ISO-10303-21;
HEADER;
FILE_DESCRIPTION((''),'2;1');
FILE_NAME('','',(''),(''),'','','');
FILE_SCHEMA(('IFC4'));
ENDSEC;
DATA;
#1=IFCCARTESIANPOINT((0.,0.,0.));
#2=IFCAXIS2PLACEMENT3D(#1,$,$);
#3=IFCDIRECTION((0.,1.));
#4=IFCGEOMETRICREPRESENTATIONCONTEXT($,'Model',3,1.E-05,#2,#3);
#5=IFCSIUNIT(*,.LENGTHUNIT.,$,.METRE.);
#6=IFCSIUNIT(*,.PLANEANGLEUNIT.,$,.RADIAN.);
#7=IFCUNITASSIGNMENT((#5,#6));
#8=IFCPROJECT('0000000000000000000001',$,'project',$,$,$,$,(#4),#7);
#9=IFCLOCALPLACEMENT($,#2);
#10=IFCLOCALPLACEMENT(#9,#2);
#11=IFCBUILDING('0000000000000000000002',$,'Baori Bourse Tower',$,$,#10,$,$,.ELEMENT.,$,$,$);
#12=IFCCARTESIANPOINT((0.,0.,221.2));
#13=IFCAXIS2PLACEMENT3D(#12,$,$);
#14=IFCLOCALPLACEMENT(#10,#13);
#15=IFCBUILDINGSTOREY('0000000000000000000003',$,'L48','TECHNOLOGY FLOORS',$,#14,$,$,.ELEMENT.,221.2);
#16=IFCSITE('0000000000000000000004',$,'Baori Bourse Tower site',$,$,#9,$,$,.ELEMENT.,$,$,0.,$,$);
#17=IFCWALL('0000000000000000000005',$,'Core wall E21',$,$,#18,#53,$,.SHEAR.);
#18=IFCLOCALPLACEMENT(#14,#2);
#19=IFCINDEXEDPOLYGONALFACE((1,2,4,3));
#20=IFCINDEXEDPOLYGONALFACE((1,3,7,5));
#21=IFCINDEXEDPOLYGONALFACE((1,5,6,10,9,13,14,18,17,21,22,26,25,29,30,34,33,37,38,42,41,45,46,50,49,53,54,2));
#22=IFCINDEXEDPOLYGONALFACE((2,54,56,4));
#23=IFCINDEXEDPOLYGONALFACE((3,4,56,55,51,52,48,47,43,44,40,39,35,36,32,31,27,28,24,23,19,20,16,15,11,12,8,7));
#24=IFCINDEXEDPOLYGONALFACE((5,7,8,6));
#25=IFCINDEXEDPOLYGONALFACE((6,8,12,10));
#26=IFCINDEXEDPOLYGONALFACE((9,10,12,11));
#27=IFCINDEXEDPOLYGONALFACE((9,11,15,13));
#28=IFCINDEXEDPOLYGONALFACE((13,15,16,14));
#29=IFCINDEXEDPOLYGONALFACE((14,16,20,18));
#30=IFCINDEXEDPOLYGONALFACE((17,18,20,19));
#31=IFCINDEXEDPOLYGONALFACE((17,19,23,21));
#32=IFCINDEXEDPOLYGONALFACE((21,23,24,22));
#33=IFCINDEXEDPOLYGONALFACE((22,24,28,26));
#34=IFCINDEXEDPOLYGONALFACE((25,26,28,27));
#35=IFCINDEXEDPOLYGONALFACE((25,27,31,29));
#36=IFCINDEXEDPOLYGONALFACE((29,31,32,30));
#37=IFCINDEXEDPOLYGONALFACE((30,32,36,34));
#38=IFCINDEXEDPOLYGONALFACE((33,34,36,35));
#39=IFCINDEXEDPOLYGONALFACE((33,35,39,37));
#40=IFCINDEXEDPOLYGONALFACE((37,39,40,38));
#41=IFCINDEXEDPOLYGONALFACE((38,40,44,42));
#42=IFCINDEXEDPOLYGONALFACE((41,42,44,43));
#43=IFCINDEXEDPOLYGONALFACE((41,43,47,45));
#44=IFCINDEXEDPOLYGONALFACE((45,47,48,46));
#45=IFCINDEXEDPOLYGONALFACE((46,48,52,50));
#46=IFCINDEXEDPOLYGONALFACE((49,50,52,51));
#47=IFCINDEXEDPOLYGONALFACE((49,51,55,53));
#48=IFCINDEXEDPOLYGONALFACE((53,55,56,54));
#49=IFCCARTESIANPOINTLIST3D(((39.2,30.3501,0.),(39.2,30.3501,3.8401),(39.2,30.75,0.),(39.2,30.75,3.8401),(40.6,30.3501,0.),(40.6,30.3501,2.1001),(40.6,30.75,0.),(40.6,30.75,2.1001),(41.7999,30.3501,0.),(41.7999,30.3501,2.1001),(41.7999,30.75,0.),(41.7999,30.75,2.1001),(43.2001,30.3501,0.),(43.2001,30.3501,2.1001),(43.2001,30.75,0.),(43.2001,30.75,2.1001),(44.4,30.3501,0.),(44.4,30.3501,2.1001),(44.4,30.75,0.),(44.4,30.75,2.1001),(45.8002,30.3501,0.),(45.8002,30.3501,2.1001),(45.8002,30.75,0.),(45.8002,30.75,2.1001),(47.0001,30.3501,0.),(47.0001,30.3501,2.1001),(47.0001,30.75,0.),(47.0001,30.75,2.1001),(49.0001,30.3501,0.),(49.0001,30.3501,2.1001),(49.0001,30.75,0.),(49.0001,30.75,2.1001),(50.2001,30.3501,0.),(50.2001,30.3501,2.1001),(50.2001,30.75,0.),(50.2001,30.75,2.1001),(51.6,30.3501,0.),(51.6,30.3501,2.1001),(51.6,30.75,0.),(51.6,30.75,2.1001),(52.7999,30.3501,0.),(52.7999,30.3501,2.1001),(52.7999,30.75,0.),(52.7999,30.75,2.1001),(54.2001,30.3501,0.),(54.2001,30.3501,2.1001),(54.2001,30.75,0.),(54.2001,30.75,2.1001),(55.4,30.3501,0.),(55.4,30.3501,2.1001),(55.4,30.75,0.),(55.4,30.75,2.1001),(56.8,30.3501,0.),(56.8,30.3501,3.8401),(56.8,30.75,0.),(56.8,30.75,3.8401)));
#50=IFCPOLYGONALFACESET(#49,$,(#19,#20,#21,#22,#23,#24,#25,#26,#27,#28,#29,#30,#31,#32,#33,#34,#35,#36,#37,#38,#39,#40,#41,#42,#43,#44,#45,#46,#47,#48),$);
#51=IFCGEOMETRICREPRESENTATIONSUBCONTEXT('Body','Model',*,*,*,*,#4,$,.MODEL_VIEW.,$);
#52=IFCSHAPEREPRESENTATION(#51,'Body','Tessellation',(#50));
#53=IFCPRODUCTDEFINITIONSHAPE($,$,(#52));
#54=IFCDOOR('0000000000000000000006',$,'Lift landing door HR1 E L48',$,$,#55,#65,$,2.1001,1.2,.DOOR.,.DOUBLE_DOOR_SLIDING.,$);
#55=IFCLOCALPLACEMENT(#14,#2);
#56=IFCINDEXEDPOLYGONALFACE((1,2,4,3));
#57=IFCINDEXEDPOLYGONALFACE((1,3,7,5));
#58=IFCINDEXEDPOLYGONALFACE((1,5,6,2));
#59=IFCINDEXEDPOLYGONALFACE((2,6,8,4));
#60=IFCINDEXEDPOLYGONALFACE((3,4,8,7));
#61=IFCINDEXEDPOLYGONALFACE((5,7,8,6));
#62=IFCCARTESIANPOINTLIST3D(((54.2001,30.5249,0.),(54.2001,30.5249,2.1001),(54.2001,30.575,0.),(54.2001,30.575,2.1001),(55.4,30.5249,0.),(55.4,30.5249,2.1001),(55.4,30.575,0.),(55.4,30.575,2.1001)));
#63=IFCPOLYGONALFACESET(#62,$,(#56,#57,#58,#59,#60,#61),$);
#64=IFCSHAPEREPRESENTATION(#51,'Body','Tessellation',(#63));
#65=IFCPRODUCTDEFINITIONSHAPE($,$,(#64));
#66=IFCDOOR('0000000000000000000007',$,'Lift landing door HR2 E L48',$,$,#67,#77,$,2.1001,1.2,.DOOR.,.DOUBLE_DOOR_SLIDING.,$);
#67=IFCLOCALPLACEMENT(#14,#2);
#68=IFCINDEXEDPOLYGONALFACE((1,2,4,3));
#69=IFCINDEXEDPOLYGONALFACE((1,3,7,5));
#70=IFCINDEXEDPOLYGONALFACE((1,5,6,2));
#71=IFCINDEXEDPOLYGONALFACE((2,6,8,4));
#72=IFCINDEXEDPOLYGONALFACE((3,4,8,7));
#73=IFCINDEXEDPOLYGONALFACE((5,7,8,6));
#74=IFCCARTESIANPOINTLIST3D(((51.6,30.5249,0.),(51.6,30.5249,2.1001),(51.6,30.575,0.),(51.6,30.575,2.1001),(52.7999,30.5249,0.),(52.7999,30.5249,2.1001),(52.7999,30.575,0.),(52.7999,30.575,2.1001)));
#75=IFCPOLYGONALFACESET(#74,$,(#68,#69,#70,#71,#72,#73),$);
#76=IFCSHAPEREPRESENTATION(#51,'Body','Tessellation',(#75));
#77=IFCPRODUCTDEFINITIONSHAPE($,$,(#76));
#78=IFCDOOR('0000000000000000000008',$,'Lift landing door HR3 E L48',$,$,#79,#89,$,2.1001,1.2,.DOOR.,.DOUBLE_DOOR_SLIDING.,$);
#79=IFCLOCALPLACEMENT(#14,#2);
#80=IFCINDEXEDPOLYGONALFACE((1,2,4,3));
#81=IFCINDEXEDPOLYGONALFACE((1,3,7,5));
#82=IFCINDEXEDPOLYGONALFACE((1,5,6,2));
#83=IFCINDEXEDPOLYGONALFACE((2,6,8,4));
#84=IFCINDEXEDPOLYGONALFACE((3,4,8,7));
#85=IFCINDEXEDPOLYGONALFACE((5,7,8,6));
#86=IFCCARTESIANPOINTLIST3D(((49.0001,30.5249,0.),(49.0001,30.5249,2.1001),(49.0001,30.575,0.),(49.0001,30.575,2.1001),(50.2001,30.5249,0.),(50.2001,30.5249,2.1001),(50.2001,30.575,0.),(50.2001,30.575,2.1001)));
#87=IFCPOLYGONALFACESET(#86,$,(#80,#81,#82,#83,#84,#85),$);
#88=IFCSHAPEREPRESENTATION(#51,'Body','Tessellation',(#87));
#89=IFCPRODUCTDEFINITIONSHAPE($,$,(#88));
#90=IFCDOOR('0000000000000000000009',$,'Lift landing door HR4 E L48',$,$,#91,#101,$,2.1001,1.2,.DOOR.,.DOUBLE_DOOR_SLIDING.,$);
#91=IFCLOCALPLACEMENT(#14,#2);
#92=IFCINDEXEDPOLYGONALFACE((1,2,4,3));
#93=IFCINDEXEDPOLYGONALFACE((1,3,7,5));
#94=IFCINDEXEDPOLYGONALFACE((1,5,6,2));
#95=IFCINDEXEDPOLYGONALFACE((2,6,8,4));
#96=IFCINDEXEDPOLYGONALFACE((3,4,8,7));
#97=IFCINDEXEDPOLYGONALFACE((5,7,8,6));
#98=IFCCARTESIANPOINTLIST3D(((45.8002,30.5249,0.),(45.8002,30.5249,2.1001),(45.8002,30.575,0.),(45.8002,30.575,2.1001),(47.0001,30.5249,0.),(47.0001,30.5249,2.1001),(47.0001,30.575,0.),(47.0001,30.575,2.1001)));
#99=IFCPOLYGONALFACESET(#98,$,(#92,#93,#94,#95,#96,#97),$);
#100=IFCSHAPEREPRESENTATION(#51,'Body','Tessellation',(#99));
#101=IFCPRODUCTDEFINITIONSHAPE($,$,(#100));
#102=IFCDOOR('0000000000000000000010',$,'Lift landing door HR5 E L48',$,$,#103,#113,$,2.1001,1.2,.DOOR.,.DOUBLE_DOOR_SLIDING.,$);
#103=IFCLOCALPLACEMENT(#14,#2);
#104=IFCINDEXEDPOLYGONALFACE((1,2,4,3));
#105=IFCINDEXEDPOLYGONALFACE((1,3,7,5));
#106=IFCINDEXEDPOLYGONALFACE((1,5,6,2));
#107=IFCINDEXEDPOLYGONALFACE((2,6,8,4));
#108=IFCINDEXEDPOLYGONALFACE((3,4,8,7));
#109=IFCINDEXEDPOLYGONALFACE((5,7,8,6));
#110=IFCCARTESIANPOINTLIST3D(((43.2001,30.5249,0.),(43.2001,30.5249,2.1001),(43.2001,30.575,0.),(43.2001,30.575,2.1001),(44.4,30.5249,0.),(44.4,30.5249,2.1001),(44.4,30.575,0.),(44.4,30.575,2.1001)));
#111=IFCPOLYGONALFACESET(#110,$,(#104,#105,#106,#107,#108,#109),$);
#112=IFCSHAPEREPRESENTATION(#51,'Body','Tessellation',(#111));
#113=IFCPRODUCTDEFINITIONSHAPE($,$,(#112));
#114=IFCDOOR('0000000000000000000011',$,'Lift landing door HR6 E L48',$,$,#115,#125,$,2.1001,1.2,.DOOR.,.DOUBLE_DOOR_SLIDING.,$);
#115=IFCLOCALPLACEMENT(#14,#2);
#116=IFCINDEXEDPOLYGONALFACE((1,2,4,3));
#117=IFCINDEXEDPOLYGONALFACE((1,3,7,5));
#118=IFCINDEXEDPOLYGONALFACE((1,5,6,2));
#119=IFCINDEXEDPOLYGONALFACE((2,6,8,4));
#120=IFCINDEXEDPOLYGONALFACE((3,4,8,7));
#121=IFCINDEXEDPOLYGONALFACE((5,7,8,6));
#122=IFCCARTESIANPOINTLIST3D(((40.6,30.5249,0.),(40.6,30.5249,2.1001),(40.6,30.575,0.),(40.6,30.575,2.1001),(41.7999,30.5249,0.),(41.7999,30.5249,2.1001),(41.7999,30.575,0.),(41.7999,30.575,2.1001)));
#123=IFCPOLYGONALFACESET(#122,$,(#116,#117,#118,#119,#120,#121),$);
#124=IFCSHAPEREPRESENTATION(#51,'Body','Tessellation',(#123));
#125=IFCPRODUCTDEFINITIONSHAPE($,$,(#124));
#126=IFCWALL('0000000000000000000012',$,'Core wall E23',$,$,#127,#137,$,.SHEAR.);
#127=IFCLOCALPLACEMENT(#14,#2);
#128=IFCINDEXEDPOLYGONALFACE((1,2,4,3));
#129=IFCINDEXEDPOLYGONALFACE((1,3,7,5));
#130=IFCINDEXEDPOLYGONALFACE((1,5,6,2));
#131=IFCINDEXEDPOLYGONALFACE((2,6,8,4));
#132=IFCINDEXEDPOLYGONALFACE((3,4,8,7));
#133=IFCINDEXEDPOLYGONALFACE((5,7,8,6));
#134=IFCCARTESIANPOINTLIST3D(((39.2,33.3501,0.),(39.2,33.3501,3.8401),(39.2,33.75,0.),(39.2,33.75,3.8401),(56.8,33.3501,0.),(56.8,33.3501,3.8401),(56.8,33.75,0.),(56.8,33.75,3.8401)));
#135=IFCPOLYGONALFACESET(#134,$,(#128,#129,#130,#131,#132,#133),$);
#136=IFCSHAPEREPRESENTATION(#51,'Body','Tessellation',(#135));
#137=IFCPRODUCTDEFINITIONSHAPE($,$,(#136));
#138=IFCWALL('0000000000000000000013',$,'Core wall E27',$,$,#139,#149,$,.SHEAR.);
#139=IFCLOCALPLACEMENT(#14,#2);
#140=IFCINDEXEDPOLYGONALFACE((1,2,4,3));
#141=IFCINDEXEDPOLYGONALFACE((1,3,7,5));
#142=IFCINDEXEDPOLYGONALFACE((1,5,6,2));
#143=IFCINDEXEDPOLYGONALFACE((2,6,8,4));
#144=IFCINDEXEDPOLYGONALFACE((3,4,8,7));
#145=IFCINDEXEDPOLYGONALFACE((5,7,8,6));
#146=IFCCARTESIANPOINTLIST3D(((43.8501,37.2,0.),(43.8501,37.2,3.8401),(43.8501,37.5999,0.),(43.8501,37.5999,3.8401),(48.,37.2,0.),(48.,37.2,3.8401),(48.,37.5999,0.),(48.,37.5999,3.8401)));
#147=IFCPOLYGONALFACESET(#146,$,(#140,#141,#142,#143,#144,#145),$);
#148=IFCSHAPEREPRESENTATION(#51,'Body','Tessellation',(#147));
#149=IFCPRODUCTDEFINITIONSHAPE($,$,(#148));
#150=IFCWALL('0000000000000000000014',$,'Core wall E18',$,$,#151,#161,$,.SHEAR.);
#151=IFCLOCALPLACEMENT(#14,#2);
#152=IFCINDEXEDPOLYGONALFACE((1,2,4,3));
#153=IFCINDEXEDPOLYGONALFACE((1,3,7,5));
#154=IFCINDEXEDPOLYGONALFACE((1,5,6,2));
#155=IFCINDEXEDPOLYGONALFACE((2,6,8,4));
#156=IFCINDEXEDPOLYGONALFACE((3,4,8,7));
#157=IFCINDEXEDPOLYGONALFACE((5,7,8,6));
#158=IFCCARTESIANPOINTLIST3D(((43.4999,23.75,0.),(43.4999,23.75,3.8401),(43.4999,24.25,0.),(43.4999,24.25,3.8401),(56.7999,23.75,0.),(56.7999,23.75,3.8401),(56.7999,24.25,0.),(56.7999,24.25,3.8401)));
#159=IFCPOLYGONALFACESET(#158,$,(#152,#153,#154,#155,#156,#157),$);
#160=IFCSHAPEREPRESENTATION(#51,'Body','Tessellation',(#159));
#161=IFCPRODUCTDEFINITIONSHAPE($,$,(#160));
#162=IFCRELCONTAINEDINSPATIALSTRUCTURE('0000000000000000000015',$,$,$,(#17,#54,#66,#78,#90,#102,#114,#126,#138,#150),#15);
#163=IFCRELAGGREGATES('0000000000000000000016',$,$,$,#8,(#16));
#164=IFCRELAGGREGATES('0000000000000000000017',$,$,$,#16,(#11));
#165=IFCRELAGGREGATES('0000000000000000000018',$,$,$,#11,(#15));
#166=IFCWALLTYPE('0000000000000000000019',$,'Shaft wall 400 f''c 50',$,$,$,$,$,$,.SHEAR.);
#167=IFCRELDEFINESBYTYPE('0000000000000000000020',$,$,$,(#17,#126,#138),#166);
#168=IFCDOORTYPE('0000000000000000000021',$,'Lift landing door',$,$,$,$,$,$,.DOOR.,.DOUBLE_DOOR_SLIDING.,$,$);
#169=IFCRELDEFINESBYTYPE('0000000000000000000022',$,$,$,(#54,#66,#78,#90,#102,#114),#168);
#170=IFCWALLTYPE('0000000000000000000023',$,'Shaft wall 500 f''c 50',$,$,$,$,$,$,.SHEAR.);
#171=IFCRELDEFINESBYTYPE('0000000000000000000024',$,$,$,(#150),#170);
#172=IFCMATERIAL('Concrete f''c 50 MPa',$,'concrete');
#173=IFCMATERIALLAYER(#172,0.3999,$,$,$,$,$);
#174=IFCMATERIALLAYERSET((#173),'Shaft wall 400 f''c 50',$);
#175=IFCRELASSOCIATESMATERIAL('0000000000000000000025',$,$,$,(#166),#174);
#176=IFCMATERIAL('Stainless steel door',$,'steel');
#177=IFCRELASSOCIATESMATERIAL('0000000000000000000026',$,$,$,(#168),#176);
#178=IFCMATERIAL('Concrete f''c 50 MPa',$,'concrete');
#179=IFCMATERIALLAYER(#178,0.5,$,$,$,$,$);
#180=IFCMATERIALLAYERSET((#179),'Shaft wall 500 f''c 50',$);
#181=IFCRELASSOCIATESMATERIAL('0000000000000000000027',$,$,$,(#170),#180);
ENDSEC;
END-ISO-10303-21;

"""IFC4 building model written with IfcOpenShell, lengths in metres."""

from ifc_helpers import new_model, si_unit, direction, frame, frame_2d, origin, place, context, subcontext, project, spatial, rectangle, extrude, material, layer, layer_set, type_object, element, fill, save


model = new_model("IFC4")

# Units and contexts
model_context = context("Model", 3, precision=1e-05, world=origin(), true_north=direction((0.0, 1.0)))
body_context = subcontext(model_context, "Body", "Model", "MODEL_VIEW")
ifc_project = project(units=[si_unit("LENGTHUNIT", "METRE"), si_unit("PLANEANGLEUNIT", "RADIAN")], contexts=[model_context])

# Site, building, storey
site_placement = place(None, origin())
site = spatial("IfcSite", under=ifc_project, at=site_placement, Name="Baori Bourse Tower site", CompositionType="ELEMENT", RefElevation=0.0)
building_placement = place(site_placement, origin())
building = spatial("IfcBuilding", under=site, at=building_placement, Name="Baori Bourse Tower", CompositionType="ELEMENT")
storey_placement = place(building_placement, frame((0.0, 0.0, 221.2)))
storey = spatial("IfcBuildingStorey", under=building, at=storey_placement, Name="L48", Description="TECHNOLOGY FLOORS", CompositionType="ELEMENT", Elevation=221.2)

# Wall, openings, doors
ifc_material_1 = material(Name="Concrete f'c 50 MPa", Category="concrete")
ifc_layer_1 = layer(ifc_material_1, 0.3999)
ifc_layer_set_1 = layer_set([ifc_layer_1], Name="Shaft wall 400 f'c 50")
wall_type_1 = type_object("IfcWallType", Name="Shaft wall 400 f'c 50", PredefinedType="SHEAR", material=ifc_layer_set_1)
ifc_material_2 = material(Name="Stainless steel door", Category="steel")
door_type_1 = type_object("IfcDoorType", Name="Lift landing door", OperationType="DOUBLE_DOOR_SLIDING", PredefinedType="DOOR", material=ifc_material_2)
wall_1_placement = place(storey_placement, frame((39.2, 30.55, 0.0), z_axis=(0.0, 0.0, 1.0), x_axis=(1.0, 0.0, 0.0)))
wall_1 = element("IfcWall", 1, at=wall_1_placement, inside=storey, type_object=wall_type_1, Name="Core wall E21", PredefinedType="SHEAR", context=body_context, shape_type="SweptSolid", body=[
    extrude(rectangle(XDim=17.6001, YDim=0.3999, at=frame_2d((8.8, 0.0))), origin(), (0.0, 0.0, 1.0), 3.8401),
])
opening_1_placement = place(wall_1_placement, frame((15.0, 0.0, 0.0)))
opening_1 = element("IfcOpeningElement", 2, at=opening_1_placement, cuts=wall_1, PredefinedType="OPENING", context=body_context, shape_type="SweptSolid", body=[
    extrude(rectangle(XDim=1.2, YDim=2.1001, at=frame_2d((0.6001, 1.05))), frame((0.0, 0.21, 0.0), z_axis=(0.0, -1.0, 0.0), x_axis=(1.0, 0.0, 0.0)), (0.0, 0.0, 1.0), 0.4199),
])
opening_2_placement = place(wall_1_placement, frame((12.3999, 0.0, 0.0)))
opening_2 = element("IfcOpeningElement", 3, at=opening_2_placement, cuts=wall_1, PredefinedType="OPENING", context=body_context, shape_type="SweptSolid", body=[
    extrude(rectangle(XDim=1.2, YDim=2.1001, at=frame_2d((0.6001, 1.05))), frame((0.0, 0.21, 0.0), z_axis=(0.0, -1.0, 0.0), x_axis=(1.0, 0.0, 0.0)), (0.0, 0.0, 1.0), 0.4199),
])
opening_3_placement = place(wall_1_placement, frame((9.8, 0.0, 0.0)))
opening_3 = element("IfcOpeningElement", 4, at=opening_3_placement, cuts=wall_1, PredefinedType="OPENING", context=body_context, shape_type="SweptSolid", body=[
    extrude(rectangle(XDim=1.2, YDim=2.1001, at=frame_2d((0.6001, 1.05))), frame((0.0, 0.21, 0.0), z_axis=(0.0, -1.0, 0.0), x_axis=(1.0, 0.0, 0.0)), (0.0, 0.0, 1.0), 0.4199),
])
opening_4_placement = place(wall_1_placement, frame((6.6001, 0.0, 0.0)))
opening_4 = element("IfcOpeningElement", 5, at=opening_4_placement, cuts=wall_1, PredefinedType="OPENING", context=body_context, shape_type="SweptSolid", body=[
    extrude(rectangle(XDim=1.2, YDim=2.1001, at=frame_2d((0.6001, 1.05))), frame((0.0, 0.21, 0.0), z_axis=(0.0, -1.0, 0.0), x_axis=(1.0, 0.0, 0.0)), (0.0, 0.0, 1.0), 0.4199),
])
opening_5_placement = place(wall_1_placement, frame((4.0, 0.0, 0.0)))
opening_5 = element("IfcOpeningElement", 6, at=opening_5_placement, cuts=wall_1, PredefinedType="OPENING", context=body_context, shape_type="SweptSolid", body=[
    extrude(rectangle(XDim=1.2, YDim=2.1001, at=frame_2d((0.6001, 1.05))), frame((0.0, 0.21, 0.0), z_axis=(0.0, -1.0, 0.0), x_axis=(1.0, 0.0, 0.0)), (0.0, 0.0, 1.0), 0.4199),
])
opening_6_placement = place(wall_1_placement, frame((1.3999, 0.0, 0.0)))
opening_6 = element("IfcOpeningElement", 7, at=opening_6_placement, cuts=wall_1, PredefinedType="OPENING", context=body_context, shape_type="SweptSolid", body=[
    extrude(rectangle(XDim=1.2, YDim=2.1001, at=frame_2d((0.6001, 1.05))), frame((0.0, 0.21, 0.0), z_axis=(0.0, -1.0, 0.0), x_axis=(1.0, 0.0, 0.0)), (0.0, 0.0, 1.0), 0.4199),
])
door_1_placement = place(opening_1_placement, origin())
door_1 = element("IfcDoor", 8, at=door_1_placement, inside=storey, type_object=door_type_1, Name="Lift landing door HR1 E L48", OperationType="DOUBLE_DOOR_SLIDING", OverallHeight=2.1001, OverallWidth=1.2, PredefinedType="DOOR", context=body_context, shape_type="SweptSolid", body=[
    extrude(rectangle(XDim=1.2, YDim=2.1001, at=frame_2d((0.6001, 1.05))), frame((0.0, 0.0249, 0.0), z_axis=(0.0, -1.0, 0.0), x_axis=(1.0, 0.0, 0.0)), (0.0, 0.0, 1.0), 0.05),
])
fill(opening_1, door_1)
door_2_placement = place(opening_2_placement, origin())
door_2 = element("IfcDoor", 9, at=door_2_placement, inside=storey, type_object=door_type_1, Name="Lift landing door HR2 E L48", OperationType="DOUBLE_DOOR_SLIDING", OverallHeight=2.1001, OverallWidth=1.2, PredefinedType="DOOR", context=body_context, shape_type="SweptSolid", body=[
    extrude(rectangle(XDim=1.2, YDim=2.1001, at=frame_2d((0.6001, 1.05))), frame((0.0, 0.0249, 0.0), z_axis=(0.0, -1.0, 0.0), x_axis=(1.0, 0.0, 0.0)), (0.0, 0.0, 1.0), 0.05),
])
fill(opening_2, door_2)
door_3_placement = place(opening_3_placement, origin())
door_3 = element("IfcDoor", 10, at=door_3_placement, inside=storey, type_object=door_type_1, Name="Lift landing door HR3 E L48", OperationType="DOUBLE_DOOR_SLIDING", OverallHeight=2.1001, OverallWidth=1.2, PredefinedType="DOOR", context=body_context, shape_type="SweptSolid", body=[
    extrude(rectangle(XDim=1.2, YDim=2.1001, at=frame_2d((0.6001, 1.05))), frame((0.0, 0.0249, 0.0), z_axis=(0.0, -1.0, 0.0), x_axis=(1.0, 0.0, 0.0)), (0.0, 0.0, 1.0), 0.05),
])
fill(opening_3, door_3)
door_4_placement = place(opening_4_placement, origin())
door_4 = element("IfcDoor", 11, at=door_4_placement, inside=storey, type_object=door_type_1, Name="Lift landing door HR4 E L48", OperationType="DOUBLE_DOOR_SLIDING", OverallHeight=2.1001, OverallWidth=1.2, PredefinedType="DOOR", context=body_context, shape_type="SweptSolid", body=[
    extrude(rectangle(XDim=1.2, YDim=2.1001, at=frame_2d((0.6001, 1.05))), frame((0.0, 0.0249, 0.0), z_axis=(0.0, -1.0, 0.0), x_axis=(1.0, 0.0, 0.0)), (0.0, 0.0, 1.0), 0.05),
])
fill(opening_4, door_4)
door_5_placement = place(opening_5_placement, origin())
door_5 = element("IfcDoor", 12, at=door_5_placement, inside=storey, type_object=door_type_1, Name="Lift landing door HR5 E L48", OperationType="DOUBLE_DOOR_SLIDING", OverallHeight=2.1001, OverallWidth=1.2, PredefinedType="DOOR", context=body_context, shape_type="SweptSolid", body=[
    extrude(rectangle(XDim=1.2, YDim=2.1001, at=frame_2d((0.6001, 1.05))), frame((0.0, 0.0249, 0.0), z_axis=(0.0, -1.0, 0.0), x_axis=(1.0, 0.0, 0.0)), (0.0, 0.0, 1.0), 0.05),
])
fill(opening_5, door_5)
door_6_placement = place(opening_6_placement, origin())
door_6 = element("IfcDoor", 13, at=door_6_placement, inside=storey, type_object=door_type_1, Name="Lift landing door HR6 E L48", OperationType="DOUBLE_DOOR_SLIDING", OverallHeight=2.1001, OverallWidth=1.2, PredefinedType="DOOR", context=body_context, shape_type="SweptSolid", body=[
    extrude(rectangle(XDim=1.2, YDim=2.1001, at=frame_2d((0.6001, 1.05))), frame((0.0, 0.0249, 0.0), z_axis=(0.0, -1.0, 0.0), x_axis=(1.0, 0.0, 0.0)), (0.0, 0.0, 1.0), 0.05),
])
fill(opening_6, door_6)

# Walls
wall_2_placement = place(storey_placement, frame((39.2, 33.55, 0.0), z_axis=(0.0, 0.0, 1.0), x_axis=(1.0, 0.0, 0.0)))
element("IfcWall", 14, at=wall_2_placement, inside=storey, type_object=wall_type_1, Name="Core wall E23", PredefinedType="SHEAR", context=body_context, shape_type="SweptSolid", body=[
    extrude(rectangle(XDim=17.6001, YDim=0.3999, at=frame_2d((8.8, 0.0))), origin(), (0.0, 0.0, 1.0), 3.8401),
])
wall_3_placement = place(storey_placement, frame((43.8501, 37.3999, 0.0), z_axis=(0.0, 0.0, 1.0), x_axis=(1.0, 0.0, 0.0)))
element("IfcWall", 15, at=wall_3_placement, inside=storey, type_object=wall_type_1, Name="Core wall E27", PredefinedType="SHEAR", context=body_context, shape_type="SweptSolid", body=[
    extrude(rectangle(XDim=4.1499, YDim=0.3999, at=frame_2d((2.075, 0.0))), origin(), (0.0, 0.0, 1.0), 3.8401),
])
ifc_material_3 = material(Name="Concrete f'c 50 MPa", Category="concrete")
ifc_layer_2 = layer(ifc_material_3, 0.5)
ifc_layer_set_2 = layer_set([ifc_layer_2], Name="Shaft wall 500 f'c 50")
wall_type_2 = type_object("IfcWallType", Name="Shaft wall 500 f'c 50", PredefinedType="SHEAR", material=ifc_layer_set_2)
wall_4_placement = place(storey_placement, frame((43.5, 24.0, 0.0), z_axis=(0.0, 0.0, 1.0), x_axis=(1.0, 0.0, 0.0)))
element("IfcWall", 16, at=wall_4_placement, inside=storey, type_object=wall_type_2, Name="Core wall E18", PredefinedType="SHEAR", context=body_context, shape_type="SweptSolid", body=[
    extrude(rectangle(XDim=13.3, YDim=0.5, at=frame_2d((6.6499, 0.0))), origin(), (0.0, 0.0, 1.0), 3.8401),
])

save(model, "model.ifc")
